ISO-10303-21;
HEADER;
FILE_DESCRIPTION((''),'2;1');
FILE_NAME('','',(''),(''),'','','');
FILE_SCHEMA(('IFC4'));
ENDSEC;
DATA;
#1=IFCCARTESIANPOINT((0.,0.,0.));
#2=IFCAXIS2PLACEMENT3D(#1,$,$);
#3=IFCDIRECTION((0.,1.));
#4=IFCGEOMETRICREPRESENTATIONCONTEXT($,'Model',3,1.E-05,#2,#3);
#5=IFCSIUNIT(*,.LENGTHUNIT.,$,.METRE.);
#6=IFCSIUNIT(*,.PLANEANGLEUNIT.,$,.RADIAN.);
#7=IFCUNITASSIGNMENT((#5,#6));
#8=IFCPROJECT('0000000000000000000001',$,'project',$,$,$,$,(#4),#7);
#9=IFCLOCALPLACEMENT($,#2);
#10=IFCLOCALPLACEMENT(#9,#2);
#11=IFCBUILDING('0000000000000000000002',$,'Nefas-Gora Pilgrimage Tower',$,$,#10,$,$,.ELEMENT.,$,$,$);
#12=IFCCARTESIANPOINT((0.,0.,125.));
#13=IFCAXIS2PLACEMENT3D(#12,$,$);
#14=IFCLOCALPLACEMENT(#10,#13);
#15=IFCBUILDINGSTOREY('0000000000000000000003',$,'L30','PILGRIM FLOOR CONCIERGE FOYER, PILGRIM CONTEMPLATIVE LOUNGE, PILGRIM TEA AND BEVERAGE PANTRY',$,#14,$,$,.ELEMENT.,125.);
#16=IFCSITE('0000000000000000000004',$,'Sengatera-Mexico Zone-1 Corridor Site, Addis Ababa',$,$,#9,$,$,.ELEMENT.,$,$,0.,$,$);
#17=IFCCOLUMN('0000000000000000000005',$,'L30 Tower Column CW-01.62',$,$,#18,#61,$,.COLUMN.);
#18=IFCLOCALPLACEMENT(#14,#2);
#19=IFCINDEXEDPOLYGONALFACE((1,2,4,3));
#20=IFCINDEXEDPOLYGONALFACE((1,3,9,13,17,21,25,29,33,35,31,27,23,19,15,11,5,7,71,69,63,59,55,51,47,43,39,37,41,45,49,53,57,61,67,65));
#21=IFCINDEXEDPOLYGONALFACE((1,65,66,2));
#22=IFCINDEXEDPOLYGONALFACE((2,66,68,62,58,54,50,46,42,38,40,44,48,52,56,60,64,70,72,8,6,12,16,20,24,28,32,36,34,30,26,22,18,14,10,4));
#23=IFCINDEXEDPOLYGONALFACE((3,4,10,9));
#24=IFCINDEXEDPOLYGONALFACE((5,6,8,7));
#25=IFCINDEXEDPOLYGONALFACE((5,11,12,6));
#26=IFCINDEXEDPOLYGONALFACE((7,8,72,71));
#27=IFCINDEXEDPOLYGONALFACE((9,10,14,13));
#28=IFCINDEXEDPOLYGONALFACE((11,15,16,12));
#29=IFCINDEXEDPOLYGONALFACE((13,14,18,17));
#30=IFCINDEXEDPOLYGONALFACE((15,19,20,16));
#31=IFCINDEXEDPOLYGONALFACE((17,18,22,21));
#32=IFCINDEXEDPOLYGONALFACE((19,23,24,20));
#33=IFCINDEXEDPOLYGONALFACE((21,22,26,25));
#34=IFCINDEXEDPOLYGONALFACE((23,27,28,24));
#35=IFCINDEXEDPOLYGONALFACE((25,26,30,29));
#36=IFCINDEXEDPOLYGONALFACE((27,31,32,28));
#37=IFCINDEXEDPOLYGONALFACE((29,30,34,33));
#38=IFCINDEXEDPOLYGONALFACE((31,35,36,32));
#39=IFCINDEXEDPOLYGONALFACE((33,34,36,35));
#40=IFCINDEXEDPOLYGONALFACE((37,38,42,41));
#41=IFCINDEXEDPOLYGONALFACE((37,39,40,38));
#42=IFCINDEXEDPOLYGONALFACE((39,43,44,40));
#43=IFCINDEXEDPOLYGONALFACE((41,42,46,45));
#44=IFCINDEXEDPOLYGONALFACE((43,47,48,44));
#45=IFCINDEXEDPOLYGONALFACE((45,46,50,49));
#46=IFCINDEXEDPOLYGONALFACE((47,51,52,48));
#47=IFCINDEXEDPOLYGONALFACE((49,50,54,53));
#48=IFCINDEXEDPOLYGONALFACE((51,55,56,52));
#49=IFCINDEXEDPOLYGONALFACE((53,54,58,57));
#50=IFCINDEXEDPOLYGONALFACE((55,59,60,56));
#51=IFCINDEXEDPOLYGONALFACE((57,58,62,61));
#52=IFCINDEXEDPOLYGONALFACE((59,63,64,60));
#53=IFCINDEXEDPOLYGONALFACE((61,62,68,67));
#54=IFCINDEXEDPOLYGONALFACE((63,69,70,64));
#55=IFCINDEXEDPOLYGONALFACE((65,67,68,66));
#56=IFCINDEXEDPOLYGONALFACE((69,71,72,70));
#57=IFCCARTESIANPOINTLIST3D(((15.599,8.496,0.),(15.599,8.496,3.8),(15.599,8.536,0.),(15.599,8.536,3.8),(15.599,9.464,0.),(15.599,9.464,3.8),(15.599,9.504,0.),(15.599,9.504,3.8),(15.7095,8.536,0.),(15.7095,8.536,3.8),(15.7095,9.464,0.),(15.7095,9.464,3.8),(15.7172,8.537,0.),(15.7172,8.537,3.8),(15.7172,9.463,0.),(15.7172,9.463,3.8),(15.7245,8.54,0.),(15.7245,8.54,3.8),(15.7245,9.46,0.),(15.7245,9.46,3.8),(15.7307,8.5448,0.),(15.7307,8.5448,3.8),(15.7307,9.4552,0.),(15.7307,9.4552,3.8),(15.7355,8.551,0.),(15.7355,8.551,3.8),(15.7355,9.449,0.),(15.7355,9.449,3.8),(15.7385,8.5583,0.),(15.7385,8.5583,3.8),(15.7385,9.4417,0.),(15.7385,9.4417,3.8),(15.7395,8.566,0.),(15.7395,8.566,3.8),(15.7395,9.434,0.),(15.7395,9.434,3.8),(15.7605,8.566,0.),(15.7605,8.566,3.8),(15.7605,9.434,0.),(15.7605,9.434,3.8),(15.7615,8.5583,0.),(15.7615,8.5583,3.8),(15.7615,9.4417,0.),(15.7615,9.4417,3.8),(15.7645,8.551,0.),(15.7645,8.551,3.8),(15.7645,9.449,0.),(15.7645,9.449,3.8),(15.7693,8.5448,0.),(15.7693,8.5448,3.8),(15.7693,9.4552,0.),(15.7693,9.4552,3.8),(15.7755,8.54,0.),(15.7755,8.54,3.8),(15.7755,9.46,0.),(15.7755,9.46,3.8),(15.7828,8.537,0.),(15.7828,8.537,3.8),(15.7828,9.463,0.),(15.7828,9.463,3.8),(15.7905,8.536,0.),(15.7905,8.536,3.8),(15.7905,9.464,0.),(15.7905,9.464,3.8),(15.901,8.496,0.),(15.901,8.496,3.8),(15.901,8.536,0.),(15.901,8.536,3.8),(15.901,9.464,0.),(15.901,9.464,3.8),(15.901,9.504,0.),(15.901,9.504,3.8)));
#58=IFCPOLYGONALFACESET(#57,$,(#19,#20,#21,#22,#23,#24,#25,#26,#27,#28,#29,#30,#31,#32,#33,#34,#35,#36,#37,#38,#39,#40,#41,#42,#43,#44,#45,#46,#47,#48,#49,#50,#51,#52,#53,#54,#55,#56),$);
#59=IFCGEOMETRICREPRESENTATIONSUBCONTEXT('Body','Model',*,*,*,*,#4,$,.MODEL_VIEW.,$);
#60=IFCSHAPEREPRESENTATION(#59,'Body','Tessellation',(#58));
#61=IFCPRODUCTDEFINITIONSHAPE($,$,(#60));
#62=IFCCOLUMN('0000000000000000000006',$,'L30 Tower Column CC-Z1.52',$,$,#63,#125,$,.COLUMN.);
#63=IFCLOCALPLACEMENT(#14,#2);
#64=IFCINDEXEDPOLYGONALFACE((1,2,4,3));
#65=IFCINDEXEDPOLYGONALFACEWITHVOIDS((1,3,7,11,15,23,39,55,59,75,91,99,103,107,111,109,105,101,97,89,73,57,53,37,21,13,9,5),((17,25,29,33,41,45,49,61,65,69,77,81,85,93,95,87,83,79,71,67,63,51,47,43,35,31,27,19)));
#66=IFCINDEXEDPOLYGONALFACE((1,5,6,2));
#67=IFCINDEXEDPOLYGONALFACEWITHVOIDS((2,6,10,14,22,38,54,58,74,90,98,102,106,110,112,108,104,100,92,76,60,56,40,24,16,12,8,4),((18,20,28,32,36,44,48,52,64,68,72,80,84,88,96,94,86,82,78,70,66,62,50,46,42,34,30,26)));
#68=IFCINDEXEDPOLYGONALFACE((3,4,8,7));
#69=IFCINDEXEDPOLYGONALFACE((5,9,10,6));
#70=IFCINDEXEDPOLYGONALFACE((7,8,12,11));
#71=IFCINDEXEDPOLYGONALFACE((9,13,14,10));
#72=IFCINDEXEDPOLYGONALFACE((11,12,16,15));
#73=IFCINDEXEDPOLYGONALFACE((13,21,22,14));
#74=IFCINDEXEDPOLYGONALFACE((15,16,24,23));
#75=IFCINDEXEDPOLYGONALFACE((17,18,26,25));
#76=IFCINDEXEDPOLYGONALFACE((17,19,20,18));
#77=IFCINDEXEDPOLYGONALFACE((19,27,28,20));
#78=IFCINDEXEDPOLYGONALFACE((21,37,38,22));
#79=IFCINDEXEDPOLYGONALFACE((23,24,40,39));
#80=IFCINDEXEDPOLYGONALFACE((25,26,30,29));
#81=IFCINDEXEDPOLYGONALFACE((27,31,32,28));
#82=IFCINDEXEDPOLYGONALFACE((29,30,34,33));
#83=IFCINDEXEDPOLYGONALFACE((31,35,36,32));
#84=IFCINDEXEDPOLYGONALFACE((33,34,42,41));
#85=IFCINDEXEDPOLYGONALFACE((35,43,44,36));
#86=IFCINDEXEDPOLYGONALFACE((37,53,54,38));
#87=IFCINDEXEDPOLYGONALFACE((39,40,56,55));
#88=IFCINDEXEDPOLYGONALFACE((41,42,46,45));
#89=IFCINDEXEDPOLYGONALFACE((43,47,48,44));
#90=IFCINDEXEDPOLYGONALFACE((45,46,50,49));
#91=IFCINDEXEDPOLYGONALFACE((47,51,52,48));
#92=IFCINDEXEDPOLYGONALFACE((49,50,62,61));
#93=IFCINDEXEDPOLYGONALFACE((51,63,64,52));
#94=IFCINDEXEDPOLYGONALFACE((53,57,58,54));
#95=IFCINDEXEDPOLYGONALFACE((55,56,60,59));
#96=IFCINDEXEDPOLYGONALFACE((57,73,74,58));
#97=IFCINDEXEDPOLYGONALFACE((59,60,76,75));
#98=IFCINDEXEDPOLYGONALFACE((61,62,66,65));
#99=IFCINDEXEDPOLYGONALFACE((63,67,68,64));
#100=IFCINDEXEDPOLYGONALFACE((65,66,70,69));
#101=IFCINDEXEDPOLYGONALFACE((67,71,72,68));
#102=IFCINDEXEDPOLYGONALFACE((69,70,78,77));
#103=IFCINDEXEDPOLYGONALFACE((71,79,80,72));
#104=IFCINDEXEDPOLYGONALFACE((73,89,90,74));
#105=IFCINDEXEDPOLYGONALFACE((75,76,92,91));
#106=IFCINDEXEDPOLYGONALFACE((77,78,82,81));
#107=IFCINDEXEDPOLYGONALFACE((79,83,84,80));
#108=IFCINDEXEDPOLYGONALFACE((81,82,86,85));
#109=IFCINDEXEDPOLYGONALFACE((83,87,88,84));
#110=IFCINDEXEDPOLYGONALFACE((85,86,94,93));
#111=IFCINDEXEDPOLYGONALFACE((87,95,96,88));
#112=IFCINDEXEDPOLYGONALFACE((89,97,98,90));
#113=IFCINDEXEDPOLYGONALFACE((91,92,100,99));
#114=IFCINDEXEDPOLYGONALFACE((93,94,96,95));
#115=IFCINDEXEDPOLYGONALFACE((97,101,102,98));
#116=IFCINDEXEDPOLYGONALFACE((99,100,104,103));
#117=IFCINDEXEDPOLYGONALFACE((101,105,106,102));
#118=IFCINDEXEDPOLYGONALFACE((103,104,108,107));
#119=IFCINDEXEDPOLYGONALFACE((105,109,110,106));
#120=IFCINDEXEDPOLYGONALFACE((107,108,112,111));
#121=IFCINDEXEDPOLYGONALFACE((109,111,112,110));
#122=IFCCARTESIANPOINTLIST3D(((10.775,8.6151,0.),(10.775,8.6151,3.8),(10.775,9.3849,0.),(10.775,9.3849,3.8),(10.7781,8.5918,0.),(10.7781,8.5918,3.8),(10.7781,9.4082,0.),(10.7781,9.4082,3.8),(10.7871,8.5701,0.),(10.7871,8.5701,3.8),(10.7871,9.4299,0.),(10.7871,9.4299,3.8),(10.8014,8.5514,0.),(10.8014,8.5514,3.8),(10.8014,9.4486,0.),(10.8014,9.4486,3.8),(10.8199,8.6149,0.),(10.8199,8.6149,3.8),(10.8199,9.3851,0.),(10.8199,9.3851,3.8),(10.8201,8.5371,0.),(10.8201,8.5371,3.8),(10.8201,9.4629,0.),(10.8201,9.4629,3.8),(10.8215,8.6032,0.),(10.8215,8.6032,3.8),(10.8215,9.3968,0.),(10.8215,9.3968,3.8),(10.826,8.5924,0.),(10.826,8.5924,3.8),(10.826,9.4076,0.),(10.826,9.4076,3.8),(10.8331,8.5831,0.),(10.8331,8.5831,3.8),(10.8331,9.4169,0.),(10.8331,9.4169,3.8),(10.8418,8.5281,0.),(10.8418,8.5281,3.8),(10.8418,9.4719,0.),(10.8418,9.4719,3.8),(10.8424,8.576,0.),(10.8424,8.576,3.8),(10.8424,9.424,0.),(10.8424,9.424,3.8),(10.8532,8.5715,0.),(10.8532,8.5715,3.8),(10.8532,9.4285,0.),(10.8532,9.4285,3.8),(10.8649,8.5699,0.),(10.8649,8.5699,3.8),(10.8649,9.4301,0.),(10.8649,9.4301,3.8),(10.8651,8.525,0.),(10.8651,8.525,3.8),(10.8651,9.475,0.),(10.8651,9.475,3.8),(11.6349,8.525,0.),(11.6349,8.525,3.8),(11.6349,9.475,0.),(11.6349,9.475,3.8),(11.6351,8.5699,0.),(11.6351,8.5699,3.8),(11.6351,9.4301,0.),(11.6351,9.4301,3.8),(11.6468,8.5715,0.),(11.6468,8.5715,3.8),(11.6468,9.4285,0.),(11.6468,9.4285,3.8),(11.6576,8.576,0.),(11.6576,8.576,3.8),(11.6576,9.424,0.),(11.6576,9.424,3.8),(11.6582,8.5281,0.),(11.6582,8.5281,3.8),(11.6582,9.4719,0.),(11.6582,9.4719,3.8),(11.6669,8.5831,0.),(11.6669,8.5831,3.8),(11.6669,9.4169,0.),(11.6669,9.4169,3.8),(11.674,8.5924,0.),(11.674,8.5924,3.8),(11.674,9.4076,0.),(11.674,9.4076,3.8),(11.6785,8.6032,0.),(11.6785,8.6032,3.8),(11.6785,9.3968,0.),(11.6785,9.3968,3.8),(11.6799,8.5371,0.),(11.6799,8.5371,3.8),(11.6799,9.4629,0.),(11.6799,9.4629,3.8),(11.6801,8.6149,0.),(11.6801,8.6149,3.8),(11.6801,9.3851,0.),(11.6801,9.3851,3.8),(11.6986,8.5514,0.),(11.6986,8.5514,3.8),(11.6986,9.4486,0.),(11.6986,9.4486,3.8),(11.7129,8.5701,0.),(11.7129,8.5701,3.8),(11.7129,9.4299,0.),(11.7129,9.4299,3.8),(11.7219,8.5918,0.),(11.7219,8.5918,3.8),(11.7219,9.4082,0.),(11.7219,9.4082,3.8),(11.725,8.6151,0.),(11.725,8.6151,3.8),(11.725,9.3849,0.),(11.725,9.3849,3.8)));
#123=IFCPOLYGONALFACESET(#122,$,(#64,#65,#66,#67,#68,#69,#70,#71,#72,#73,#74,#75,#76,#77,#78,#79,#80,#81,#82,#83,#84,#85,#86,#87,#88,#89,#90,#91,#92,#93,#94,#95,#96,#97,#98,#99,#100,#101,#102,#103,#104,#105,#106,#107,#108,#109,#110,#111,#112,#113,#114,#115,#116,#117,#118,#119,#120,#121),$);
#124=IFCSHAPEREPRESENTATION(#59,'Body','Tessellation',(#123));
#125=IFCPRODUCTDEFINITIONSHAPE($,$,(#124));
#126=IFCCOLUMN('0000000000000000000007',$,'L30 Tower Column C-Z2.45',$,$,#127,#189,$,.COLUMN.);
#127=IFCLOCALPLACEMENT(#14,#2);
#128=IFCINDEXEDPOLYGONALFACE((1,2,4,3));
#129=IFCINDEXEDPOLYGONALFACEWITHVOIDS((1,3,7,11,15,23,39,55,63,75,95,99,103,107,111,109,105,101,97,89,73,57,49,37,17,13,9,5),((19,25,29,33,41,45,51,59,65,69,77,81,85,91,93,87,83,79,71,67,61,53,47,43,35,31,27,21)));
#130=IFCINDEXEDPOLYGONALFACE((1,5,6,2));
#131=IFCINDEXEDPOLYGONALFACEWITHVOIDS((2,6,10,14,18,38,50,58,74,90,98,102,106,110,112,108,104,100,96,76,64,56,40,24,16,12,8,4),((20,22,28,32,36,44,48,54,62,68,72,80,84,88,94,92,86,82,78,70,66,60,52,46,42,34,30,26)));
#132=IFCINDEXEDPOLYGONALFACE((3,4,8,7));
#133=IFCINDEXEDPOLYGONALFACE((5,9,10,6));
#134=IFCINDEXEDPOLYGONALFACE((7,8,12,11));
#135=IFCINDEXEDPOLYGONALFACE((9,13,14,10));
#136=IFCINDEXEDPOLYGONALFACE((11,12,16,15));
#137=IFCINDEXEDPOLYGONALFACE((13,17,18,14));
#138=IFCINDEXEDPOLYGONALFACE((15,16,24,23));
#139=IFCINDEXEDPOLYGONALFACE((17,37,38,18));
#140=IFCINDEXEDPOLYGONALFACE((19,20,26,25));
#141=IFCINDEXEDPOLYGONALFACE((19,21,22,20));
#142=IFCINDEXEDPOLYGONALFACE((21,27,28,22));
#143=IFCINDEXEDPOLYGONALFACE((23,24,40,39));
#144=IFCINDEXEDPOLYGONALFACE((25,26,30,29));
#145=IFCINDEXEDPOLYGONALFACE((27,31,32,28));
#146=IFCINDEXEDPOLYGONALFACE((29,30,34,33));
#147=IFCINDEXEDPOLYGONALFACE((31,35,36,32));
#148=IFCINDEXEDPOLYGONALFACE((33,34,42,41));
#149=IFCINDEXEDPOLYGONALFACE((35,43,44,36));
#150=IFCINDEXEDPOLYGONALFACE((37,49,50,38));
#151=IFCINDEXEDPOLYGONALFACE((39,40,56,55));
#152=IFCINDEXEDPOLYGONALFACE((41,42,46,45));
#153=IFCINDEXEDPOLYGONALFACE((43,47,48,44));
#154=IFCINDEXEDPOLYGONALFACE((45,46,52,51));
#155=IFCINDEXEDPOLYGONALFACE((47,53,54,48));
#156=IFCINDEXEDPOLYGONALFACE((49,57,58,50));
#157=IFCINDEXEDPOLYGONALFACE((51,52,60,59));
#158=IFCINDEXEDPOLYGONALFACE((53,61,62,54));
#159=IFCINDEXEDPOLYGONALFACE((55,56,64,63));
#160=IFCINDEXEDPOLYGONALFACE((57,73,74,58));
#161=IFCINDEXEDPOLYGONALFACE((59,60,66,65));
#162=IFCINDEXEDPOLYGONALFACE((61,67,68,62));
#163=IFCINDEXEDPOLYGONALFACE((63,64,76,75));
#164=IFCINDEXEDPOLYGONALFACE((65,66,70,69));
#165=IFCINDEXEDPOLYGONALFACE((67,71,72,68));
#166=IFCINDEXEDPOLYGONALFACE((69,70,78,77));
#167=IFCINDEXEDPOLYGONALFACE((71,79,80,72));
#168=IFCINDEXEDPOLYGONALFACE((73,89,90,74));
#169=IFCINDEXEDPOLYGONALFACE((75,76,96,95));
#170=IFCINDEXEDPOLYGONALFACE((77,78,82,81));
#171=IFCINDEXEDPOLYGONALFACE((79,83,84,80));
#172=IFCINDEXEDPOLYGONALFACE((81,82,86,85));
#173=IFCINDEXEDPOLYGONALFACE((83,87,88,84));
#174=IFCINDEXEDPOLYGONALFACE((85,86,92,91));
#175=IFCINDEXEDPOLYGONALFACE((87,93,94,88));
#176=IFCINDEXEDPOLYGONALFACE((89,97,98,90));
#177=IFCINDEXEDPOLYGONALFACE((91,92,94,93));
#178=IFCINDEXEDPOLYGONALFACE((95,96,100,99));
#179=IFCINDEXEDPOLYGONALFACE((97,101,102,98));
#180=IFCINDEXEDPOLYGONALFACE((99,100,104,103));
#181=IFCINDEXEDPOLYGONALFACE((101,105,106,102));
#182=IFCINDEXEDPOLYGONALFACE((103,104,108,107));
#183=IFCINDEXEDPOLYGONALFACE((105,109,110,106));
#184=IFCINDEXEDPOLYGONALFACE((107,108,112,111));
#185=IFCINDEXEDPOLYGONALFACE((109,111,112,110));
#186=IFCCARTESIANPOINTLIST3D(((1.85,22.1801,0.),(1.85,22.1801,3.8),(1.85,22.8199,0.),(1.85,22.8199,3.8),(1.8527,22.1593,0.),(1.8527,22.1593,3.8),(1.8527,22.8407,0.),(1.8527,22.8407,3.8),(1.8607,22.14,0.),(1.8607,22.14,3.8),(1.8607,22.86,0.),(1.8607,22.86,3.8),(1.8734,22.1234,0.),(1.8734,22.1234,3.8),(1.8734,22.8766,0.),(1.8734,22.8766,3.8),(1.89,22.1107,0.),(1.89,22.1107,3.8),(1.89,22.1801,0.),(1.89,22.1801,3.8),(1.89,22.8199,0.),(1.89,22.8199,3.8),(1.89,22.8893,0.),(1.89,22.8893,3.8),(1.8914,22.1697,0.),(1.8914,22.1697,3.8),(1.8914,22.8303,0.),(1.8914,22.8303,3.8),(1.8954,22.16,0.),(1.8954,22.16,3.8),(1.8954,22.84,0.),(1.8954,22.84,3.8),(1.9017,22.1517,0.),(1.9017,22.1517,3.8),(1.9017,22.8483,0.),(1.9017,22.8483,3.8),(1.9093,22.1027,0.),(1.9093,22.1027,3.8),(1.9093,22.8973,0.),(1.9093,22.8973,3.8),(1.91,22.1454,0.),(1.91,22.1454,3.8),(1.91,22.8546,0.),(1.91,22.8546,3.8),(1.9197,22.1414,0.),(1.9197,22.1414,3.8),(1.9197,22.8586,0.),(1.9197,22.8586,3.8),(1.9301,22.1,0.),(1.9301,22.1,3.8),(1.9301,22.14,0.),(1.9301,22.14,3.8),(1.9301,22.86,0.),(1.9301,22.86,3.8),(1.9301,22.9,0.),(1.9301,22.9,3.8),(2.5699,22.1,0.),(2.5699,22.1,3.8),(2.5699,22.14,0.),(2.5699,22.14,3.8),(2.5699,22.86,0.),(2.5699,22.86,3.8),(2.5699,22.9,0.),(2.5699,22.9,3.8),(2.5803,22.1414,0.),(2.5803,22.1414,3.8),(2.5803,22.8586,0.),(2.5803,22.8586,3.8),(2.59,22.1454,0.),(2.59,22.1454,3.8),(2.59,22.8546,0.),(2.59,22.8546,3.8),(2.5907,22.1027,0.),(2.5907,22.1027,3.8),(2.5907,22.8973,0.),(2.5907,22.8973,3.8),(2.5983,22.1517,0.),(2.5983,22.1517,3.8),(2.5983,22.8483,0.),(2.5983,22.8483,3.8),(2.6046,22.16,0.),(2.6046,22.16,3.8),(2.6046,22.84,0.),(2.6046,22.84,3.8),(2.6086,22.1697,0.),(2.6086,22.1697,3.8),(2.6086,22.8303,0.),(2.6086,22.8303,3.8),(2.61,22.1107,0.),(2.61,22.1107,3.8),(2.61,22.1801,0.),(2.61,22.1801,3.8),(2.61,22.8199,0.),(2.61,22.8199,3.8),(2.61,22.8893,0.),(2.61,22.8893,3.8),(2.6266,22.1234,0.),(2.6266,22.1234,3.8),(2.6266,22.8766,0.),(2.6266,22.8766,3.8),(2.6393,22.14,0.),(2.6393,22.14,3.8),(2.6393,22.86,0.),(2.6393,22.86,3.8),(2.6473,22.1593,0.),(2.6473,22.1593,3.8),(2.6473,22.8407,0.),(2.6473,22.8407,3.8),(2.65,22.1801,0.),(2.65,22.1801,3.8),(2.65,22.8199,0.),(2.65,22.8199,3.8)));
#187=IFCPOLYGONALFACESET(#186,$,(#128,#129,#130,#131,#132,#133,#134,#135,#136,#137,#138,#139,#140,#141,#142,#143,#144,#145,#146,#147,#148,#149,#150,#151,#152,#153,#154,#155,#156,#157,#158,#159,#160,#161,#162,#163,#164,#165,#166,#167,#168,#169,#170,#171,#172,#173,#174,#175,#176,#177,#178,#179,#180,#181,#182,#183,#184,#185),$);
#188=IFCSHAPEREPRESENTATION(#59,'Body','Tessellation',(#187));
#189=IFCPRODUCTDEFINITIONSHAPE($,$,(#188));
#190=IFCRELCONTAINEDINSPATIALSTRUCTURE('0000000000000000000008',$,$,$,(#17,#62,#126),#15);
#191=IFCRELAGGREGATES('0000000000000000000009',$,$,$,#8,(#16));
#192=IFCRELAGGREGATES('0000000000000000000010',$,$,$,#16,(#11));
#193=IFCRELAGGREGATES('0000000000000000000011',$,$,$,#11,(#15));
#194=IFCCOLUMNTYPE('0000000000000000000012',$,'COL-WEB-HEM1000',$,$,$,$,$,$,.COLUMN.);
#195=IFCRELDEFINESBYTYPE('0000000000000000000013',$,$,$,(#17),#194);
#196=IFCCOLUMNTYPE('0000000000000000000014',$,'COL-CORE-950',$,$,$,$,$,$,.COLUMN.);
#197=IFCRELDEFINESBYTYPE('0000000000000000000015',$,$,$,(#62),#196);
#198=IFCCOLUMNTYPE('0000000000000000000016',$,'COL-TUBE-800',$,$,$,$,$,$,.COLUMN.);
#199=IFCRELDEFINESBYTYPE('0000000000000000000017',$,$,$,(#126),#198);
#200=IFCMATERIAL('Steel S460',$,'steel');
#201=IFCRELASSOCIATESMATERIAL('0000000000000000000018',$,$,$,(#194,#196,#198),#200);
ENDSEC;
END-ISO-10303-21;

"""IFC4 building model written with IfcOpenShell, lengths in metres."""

from ifc_helpers import new_model, si_unit, direction, frame, origin, origin_2d, place, context, subcontext, project, spatial, hollow_rectangle, i_section, extrude, source, transform, mapped, material, material_profile, profile_set, type_object, element, save


model = new_model("IFC4")

# Units and contexts
model_context = context("Model", 3, precision=1e-05, world=origin(), true_north=direction((0.0, 1.0)))
body_context = subcontext(model_context, "Body", "Model", "MODEL_VIEW")
ifc_project = project(units=[si_unit("LENGTHUNIT", "METRE"), si_unit("PLANEANGLEUNIT", "RADIAN")], contexts=[model_context])

# Site, building, storey
site_placement = place(None, origin())
site = spatial("IfcSite", under=ifc_project, at=site_placement, Name="Sengatera-Mexico Zone-1 Corridor Site, Addis Ababa", CompositionType="ELEMENT", RefElevation=0.0)
building_placement = place(site_placement, origin())
building = spatial("IfcBuilding", under=site, at=building_placement, Name="Nefas-Gora Pilgrimage Tower", CompositionType="ELEMENT")
storey_placement = place(building_placement, frame((0.0, 0.0, 125.0)))
storey = spatial("IfcBuildingStorey", under=building, at=storey_placement, Name="L30", Description="PILGRIM FLOOR CONCIERGE FOYER, PILGRIM CONTEMPLATIVE LOUNGE, PILGRIM TEA AND BEVERAGE PANTRY", CompositionType="ELEMENT", Elevation=125.0)

# Columns
ifc_material_1 = material(Name="Steel S460", Category="steel")
ifc_material_profile_1 = material_profile(ifc_material_1, i_section(OverallWidth=0.302, OverallDepth=1.0081, WebThickness=0.021, FlangeThickness=0.04, FilletRadius=0.03, at=origin_2d()), Name="HEM 1000")
ifc_profile_set_1 = profile_set([ifc_material_profile_1], Name="Steel S460")
column_type_1 = type_object("IfcColumnType", Name="COL-WEB-HEM1000", PredefinedType="COLUMN", material=ifc_profile_set_1)
shared_shape_1 = source(origin(), body_context, "Body", "SweptSolid", [
    extrude(i_section(OverallWidth=0.302, OverallDepth=1.0081, WebThickness=0.021, FlangeThickness=0.04, FilletRadius=0.03, at=origin_2d()), origin(), (0.0, 0.0, 1.0), 3.8),
])
for number, where, z_axis, x_axis, name in (
    (1, (15.75, 9.0, 0.0), (0.0, 0.0, 1.0), (1.0, 0.0, 0.0), "L30 Tower Column CW-01.62"),
):
    element("IfcColumn", number, at=place(storey_placement, frame(where, z_axis=z_axis, x_axis=x_axis)), inside=storey, type_object=column_type_1, Name=name, PredefinedType="COLUMN", context=body_context, shape_type="MappedRepresentation", body=[
        mapped(shared_shape_1, transform((0.0, 0.0, 0.0), x_axis=(1.0, 0.0, 0.0), y_axis=(0.0, 1.0, 0.0), z_axis=(0.0, 0.0, 1.0), scale=1.0)),
    ])
ifc_material_profile_2 = material_profile(ifc_material_1, hollow_rectangle(XDim=0.95, YDim=0.95, WallThickness=0.0449, InnerFilletRadius=0.0449, OuterFilletRadius=0.0901, at=origin_2d()), Name="BOX 950x950x45")
ifc_profile_set_2 = profile_set([ifc_material_profile_2], Name="Steel S460")
column_type_2 = type_object("IfcColumnType", Name="COL-CORE-950", PredefinedType="COLUMN", material=ifc_profile_set_2)
shared_shape_2 = source(origin(), body_context, "Body", "SweptSolid", [
    extrude(hollow_rectangle(XDim=0.95, YDim=0.95, WallThickness=0.0449, InnerFilletRadius=0.0449, OuterFilletRadius=0.0901, at=origin_2d()), origin(), (0.0, 0.0, 1.0), 3.8),
])
column_placement = place(storey_placement, frame((11.25, 9.0, 0.0), z_axis=(0.0, 0.0, 1.0), x_axis=(1.0, 0.0, 0.0)))
element("IfcColumn", 2, at=column_placement, inside=storey, type_object=column_type_2, Name="L30 Tower Column CC-Z1.52", PredefinedType="COLUMN", context=body_context, shape_type="MappedRepresentation", body=[
    mapped(shared_shape_2, transform((0.0, 0.0, 0.0), x_axis=(1.0, 0.0, 0.0), y_axis=(0.0, 1.0, 0.0), z_axis=(0.0, 0.0, 1.0), scale=1.0)),
])
ifc_material_profile_3 = material_profile(ifc_material_1, hollow_rectangle(XDim=0.8, YDim=0.8, WallThickness=0.04, InnerFilletRadius=0.04, OuterFilletRadius=0.0801, at=origin_2d()), Name="BOX 800x800x40")
ifc_profile_set_3 = profile_set([ifc_material_profile_3], Name="Steel S460")
column_type_3 = type_object("IfcColumnType", Name="COL-TUBE-800", PredefinedType="COLUMN", material=ifc_profile_set_3)
shared_shape_3 = source(origin(), body_context, "Body", "SweptSolid", [
    extrude(hollow_rectangle(XDim=0.8, YDim=0.8, WallThickness=0.04, InnerFilletRadius=0.04, OuterFilletRadius=0.0801, at=origin_2d()), origin(), (0.0, 0.0, 1.0), 3.8),
])
for number, where, z_axis, x_axis, name in (
    (3, (2.25, 22.5, 0.0), (0.0, 0.0, 1.0), (1.0, 0.0, 0.0), "L30 Tower Column C-Z2.45"),
):
    element("IfcColumn", number, at=place(storey_placement, frame(where, z_axis=z_axis, x_axis=x_axis)), inside=storey, type_object=column_type_3, Name=name, PredefinedType="COLUMN", context=body_context, shape_type="MappedRepresentation", body=[
        mapped(shared_shape_3, transform((0.0, 0.0, 0.0), x_axis=(1.0, 0.0, 0.0), y_axis=(0.0, 1.0, 0.0), z_axis=(0.0, 0.0, 1.0), scale=1.0)),
    ])

save(model, "model.ifc")
